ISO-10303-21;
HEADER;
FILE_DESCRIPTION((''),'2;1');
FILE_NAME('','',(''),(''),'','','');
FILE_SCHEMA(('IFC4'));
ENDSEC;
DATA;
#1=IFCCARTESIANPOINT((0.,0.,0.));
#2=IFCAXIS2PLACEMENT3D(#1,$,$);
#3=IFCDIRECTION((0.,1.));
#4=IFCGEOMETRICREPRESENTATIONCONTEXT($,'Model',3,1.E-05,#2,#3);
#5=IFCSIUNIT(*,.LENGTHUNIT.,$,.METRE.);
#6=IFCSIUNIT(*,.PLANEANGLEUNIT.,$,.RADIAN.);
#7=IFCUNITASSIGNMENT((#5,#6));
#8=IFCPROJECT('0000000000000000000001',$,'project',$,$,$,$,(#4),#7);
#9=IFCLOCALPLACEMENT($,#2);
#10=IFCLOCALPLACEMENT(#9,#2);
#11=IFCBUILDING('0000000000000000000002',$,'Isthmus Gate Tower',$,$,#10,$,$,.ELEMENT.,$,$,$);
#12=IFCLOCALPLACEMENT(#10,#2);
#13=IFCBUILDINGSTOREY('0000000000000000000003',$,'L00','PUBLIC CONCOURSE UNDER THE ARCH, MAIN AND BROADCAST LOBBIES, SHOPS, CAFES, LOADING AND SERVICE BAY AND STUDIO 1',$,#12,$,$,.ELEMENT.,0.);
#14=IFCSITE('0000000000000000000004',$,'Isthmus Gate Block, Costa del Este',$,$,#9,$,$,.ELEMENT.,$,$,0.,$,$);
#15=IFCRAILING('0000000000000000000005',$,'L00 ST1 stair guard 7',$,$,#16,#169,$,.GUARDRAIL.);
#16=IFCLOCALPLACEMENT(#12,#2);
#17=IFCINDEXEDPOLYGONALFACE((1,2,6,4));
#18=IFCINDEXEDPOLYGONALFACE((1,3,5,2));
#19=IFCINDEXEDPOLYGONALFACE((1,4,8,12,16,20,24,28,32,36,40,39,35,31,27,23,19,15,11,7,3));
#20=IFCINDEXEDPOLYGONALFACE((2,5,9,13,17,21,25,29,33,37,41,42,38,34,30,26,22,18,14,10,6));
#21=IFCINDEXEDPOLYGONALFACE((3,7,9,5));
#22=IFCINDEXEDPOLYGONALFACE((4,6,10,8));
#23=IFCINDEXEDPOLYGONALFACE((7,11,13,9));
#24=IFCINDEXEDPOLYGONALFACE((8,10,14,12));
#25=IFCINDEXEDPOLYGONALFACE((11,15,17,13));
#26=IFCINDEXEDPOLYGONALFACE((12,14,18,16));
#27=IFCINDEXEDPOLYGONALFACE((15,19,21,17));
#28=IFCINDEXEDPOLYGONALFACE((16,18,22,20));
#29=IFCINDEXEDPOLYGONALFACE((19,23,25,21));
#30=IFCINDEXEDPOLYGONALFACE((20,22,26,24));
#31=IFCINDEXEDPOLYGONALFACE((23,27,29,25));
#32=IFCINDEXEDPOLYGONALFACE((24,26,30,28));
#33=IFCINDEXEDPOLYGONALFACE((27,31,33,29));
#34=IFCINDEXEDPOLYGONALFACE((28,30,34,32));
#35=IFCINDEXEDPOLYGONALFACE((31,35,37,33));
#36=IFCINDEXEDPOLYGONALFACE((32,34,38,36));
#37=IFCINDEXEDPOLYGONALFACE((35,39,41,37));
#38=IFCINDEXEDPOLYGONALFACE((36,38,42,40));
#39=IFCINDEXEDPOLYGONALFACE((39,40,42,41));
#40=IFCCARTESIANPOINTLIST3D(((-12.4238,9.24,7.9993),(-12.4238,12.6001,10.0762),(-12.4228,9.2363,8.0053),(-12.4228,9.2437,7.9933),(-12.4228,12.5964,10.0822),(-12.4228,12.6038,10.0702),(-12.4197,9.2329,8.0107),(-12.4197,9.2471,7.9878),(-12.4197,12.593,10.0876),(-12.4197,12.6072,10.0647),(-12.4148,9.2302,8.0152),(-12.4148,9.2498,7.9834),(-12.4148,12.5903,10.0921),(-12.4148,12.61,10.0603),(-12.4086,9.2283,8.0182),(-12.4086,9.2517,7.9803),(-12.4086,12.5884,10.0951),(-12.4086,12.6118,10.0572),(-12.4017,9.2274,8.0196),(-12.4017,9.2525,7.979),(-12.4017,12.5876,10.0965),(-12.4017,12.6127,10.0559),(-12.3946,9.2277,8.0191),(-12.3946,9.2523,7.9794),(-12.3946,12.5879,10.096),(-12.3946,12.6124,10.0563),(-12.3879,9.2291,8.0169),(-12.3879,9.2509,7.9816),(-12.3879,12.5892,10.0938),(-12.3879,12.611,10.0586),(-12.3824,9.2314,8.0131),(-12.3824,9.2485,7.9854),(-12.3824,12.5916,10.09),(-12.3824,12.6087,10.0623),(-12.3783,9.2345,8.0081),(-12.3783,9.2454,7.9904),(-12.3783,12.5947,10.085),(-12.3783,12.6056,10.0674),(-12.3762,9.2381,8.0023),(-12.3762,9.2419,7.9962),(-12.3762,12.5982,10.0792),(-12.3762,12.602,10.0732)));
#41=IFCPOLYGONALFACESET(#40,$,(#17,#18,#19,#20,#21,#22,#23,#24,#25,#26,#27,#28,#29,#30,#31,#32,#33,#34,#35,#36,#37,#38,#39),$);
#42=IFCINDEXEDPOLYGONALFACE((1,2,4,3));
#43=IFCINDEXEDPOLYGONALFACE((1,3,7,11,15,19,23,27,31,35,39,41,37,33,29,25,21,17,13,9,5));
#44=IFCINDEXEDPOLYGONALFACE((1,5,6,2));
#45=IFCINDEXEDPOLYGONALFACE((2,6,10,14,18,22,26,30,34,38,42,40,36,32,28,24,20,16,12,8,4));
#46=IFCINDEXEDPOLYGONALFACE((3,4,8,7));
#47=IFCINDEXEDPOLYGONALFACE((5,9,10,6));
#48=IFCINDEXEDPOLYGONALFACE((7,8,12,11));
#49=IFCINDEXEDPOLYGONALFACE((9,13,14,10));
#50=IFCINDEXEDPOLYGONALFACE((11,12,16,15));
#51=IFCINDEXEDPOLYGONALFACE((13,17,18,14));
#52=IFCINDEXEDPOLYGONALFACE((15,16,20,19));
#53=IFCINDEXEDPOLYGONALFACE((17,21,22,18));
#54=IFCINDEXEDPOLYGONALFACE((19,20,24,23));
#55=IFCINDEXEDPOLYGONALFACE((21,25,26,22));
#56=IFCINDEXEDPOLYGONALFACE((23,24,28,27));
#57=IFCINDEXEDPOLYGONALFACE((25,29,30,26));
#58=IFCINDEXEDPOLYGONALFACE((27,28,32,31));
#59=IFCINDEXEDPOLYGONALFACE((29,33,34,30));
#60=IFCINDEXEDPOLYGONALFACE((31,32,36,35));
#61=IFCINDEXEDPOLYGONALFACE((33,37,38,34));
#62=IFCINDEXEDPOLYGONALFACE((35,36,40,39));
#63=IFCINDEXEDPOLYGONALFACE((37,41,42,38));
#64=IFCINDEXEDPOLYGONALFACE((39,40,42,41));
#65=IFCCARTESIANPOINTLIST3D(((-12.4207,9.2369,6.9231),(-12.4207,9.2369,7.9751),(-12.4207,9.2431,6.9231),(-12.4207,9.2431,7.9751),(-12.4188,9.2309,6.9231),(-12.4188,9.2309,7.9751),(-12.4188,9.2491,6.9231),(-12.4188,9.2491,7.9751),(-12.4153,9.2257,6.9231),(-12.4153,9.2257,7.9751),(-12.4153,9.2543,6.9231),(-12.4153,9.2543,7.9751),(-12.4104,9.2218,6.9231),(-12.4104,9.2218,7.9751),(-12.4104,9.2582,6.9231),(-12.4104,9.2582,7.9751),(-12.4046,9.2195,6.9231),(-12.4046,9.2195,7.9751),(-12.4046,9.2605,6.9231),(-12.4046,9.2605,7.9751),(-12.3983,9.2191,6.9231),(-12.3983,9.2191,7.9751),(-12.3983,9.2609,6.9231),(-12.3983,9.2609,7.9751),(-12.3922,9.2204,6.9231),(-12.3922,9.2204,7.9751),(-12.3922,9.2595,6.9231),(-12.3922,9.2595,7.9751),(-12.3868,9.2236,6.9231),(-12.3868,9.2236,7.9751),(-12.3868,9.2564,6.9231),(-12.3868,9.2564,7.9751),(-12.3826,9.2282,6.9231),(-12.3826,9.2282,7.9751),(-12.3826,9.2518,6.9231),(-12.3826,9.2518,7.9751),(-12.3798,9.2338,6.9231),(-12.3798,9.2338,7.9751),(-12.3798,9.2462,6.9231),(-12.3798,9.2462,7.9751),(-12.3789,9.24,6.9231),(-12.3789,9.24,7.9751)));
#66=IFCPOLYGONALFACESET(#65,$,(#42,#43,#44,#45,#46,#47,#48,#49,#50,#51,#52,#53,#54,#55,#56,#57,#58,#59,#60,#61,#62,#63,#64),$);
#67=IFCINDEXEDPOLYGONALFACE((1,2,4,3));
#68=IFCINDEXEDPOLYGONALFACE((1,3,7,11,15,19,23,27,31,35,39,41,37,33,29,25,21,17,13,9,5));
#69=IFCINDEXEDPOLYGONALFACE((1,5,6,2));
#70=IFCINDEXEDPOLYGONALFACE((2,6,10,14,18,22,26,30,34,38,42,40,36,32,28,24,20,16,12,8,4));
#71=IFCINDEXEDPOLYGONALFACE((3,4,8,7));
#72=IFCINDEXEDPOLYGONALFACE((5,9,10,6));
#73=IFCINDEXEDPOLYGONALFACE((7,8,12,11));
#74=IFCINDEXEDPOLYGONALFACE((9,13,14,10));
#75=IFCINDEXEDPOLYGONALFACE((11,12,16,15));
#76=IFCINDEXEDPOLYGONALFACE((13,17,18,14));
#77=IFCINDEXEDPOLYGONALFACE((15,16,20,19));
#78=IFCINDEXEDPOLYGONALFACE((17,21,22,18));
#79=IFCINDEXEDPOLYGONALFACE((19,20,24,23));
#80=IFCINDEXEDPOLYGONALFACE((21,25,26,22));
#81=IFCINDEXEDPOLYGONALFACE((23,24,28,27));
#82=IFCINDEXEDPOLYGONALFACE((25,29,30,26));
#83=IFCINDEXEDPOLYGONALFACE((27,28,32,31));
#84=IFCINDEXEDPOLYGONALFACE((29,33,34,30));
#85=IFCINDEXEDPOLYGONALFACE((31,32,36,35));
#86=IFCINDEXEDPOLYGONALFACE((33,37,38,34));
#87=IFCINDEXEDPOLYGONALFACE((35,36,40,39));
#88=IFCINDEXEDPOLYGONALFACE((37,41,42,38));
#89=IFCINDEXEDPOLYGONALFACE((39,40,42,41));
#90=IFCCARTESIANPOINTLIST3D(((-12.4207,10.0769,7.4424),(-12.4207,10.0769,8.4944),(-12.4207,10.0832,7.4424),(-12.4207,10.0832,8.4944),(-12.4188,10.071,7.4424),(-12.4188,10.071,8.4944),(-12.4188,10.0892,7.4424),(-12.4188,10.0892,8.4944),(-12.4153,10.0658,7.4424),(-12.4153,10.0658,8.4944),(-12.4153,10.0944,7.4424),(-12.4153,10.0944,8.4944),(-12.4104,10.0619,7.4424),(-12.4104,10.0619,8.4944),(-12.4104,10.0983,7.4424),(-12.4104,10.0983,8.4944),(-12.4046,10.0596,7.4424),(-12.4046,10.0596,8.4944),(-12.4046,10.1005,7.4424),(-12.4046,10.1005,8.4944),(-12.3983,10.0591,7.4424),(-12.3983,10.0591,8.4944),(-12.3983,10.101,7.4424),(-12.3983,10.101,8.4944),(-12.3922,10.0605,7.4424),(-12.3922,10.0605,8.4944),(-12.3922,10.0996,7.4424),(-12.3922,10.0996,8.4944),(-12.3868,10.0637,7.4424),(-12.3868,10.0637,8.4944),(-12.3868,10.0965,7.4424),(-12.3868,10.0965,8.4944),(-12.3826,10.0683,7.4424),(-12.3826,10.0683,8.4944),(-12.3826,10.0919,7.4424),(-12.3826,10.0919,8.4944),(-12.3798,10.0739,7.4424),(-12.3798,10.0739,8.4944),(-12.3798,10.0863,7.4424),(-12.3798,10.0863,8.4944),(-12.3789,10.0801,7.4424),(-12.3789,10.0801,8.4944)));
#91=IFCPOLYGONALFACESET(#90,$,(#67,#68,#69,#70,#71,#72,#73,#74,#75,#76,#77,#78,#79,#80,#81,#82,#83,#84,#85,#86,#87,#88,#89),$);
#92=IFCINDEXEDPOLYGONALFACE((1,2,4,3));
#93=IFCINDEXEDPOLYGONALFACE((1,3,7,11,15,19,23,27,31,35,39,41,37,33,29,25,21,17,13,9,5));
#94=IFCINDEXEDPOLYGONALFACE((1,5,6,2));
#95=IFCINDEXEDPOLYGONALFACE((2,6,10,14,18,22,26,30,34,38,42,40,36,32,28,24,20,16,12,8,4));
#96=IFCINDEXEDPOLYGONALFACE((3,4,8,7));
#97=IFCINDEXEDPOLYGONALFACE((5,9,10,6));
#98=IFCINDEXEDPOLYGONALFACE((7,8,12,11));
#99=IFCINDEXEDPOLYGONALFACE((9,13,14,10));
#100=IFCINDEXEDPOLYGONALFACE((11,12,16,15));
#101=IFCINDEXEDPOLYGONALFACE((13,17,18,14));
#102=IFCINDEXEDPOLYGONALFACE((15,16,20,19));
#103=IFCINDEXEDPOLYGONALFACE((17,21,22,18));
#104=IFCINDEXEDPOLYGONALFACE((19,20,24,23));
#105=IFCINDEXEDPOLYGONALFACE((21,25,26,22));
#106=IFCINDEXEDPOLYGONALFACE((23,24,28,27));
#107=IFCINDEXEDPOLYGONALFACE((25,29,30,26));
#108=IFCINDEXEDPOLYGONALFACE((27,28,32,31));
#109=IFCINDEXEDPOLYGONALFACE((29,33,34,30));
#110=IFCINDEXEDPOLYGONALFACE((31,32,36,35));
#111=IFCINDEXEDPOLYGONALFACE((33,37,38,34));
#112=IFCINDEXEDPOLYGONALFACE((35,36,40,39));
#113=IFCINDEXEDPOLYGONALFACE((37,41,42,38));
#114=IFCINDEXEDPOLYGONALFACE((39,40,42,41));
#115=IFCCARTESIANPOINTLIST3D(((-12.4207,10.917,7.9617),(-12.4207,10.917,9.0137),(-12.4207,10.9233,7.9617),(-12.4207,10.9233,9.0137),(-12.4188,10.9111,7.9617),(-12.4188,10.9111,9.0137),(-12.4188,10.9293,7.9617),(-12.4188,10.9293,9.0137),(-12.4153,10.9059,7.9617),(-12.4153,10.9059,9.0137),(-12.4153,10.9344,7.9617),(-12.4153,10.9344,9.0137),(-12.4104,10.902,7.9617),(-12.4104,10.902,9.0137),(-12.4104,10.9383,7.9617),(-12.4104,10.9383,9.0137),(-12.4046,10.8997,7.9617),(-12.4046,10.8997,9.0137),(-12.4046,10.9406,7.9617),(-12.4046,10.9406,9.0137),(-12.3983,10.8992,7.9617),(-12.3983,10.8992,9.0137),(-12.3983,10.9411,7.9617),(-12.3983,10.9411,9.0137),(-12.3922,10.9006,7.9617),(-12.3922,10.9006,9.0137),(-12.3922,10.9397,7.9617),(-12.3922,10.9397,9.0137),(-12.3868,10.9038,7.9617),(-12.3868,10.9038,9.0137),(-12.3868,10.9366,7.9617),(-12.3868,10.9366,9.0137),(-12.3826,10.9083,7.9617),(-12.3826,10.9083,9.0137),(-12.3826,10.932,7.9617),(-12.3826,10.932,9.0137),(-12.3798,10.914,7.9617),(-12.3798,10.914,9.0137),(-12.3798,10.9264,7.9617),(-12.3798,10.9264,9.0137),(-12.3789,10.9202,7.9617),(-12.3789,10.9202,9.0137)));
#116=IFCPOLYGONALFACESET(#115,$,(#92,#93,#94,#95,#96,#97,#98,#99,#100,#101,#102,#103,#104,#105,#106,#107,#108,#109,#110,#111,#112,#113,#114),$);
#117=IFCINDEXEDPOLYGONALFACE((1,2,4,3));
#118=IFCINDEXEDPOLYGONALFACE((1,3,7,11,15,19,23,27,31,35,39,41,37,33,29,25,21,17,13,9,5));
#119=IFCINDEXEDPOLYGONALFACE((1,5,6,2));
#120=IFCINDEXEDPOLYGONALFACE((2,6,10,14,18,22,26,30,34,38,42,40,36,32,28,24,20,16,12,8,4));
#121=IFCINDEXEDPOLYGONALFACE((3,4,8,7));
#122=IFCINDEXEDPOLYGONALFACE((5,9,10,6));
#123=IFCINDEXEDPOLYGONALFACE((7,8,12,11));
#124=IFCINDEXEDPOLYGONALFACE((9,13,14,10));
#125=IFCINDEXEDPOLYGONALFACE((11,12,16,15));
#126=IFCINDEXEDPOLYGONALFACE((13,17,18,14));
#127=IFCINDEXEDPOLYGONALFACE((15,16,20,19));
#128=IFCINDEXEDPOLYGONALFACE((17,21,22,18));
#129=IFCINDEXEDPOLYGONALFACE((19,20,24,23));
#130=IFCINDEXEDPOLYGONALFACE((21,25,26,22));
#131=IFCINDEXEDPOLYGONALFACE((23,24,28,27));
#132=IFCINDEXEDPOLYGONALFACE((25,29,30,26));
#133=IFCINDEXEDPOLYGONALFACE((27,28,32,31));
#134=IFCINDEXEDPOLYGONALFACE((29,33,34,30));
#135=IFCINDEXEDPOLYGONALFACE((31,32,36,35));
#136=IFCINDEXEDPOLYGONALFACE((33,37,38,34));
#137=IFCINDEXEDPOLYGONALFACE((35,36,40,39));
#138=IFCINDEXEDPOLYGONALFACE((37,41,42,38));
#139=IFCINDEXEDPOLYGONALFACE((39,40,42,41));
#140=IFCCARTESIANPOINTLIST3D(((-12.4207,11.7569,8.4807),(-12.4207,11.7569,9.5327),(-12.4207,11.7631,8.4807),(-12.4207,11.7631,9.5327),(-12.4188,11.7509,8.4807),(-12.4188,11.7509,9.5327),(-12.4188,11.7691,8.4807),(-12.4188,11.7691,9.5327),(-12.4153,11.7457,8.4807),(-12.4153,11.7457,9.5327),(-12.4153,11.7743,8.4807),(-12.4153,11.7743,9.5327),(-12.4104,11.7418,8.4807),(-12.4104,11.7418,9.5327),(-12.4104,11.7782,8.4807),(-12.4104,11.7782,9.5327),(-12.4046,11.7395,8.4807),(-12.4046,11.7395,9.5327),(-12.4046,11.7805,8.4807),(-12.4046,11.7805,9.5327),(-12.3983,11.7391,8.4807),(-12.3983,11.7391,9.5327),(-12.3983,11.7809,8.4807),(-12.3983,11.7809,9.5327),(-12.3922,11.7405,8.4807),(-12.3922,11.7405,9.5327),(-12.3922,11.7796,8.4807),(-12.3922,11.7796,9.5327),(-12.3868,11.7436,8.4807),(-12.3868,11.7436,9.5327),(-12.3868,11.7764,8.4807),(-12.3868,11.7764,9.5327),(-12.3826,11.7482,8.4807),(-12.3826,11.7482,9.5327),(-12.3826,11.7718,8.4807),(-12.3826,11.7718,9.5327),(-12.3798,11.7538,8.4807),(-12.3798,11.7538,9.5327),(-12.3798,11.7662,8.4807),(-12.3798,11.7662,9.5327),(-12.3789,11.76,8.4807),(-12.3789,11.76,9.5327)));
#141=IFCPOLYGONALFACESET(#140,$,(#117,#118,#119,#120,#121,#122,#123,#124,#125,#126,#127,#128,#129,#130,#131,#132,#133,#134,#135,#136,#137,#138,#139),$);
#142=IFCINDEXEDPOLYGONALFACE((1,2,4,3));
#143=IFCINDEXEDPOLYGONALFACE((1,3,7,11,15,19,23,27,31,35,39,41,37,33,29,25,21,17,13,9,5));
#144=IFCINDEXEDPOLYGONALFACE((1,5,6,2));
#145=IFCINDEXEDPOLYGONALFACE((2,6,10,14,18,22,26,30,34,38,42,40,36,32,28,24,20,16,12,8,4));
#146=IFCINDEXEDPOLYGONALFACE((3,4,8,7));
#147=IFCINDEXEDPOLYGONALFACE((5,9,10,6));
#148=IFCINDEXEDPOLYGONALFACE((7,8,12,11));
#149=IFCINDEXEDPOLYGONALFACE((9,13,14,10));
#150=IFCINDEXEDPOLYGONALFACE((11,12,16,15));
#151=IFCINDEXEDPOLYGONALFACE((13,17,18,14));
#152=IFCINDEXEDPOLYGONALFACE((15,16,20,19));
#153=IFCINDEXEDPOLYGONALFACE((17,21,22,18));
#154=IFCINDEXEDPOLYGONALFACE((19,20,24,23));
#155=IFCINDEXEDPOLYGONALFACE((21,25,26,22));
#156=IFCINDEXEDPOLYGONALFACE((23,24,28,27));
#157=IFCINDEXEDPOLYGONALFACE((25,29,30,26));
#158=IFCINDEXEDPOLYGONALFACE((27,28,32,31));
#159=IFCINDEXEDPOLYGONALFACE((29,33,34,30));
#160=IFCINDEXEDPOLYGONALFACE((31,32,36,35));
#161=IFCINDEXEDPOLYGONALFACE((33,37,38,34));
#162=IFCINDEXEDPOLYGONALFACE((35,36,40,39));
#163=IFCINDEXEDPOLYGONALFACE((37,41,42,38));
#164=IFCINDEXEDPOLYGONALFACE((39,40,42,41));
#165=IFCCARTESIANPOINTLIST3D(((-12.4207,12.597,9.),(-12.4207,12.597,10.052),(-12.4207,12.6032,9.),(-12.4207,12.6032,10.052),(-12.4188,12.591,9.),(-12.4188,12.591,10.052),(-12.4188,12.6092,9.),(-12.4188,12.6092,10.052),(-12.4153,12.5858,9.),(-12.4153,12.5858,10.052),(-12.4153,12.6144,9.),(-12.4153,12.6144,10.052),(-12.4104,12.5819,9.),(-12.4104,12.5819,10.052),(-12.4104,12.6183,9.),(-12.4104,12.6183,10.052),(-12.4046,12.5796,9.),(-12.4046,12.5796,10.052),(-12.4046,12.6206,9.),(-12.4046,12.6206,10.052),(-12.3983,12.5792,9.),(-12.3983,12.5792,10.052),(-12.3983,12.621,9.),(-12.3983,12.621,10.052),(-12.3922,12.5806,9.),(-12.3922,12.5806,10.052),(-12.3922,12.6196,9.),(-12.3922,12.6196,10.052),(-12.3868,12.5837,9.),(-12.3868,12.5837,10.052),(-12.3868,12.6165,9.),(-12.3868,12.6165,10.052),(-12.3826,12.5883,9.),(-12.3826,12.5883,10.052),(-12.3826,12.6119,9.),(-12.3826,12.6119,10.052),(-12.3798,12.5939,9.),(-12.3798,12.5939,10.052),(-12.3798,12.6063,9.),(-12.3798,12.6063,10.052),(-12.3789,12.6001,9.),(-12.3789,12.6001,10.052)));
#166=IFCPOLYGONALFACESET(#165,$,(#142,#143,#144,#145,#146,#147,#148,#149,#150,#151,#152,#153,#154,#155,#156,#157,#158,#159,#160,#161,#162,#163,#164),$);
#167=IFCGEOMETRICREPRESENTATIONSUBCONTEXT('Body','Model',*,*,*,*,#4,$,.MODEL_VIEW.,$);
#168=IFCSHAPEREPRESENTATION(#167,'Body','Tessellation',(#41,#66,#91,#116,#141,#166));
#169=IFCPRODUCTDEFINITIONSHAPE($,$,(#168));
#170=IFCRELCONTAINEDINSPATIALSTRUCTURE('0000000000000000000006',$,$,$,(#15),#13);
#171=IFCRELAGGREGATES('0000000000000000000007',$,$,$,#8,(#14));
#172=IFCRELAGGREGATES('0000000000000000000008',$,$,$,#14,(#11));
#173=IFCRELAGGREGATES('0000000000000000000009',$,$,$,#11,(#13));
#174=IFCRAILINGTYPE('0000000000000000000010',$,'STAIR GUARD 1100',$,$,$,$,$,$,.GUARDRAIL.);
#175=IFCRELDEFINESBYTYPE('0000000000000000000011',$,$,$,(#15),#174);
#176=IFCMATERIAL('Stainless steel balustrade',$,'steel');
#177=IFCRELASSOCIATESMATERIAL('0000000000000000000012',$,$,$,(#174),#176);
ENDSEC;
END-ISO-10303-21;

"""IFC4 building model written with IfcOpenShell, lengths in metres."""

from ifc_helpers import new_model, si_unit, direction, frame, origin, origin_2d, place, context, subcontext, project, spatial, circle, extrude, material, type_object, element, save


model = new_model("IFC4")

# Units and contexts
model_context = context("Model", 3, precision=1e-05, world=origin(), true_north=direction((0.0, 1.0)))
body_context = subcontext(model_context, "Body", "Model", "MODEL_VIEW")
ifc_project = project(units=[si_unit("LENGTHUNIT", "METRE"), si_unit("PLANEANGLEUNIT", "RADIAN")], contexts=[model_context])

# Site, building, storey
site_placement = place(None, origin())
site = spatial("IfcSite", under=ifc_project, at=site_placement, Name="Isthmus Gate Block, Costa del Este", CompositionType="ELEMENT", RefElevation=0.0)
building_placement = place(site_placement, origin())
building = spatial("IfcBuilding", under=site, at=building_placement, Name="Isthmus Gate Tower", CompositionType="ELEMENT")
storey_placement = place(building_placement, origin())
storey = spatial("IfcBuildingStorey", under=building, at=storey_placement, Name="L00", Description="PUBLIC CONCOURSE UNDER THE ARCH, MAIN AND BROADCAST LOBBIES, SHOPS, CAFES, LOADING AND SERVICE BAY AND STUDIO 1", CompositionType="ELEMENT", Elevation=0.0)

# Railing
ifc_material_1 = material(Name="Stainless steel balustrade", Category="steel")
railing_type_1 = type_object("IfcRailingType", Name="STAIR GUARD 1100", PredefinedType="GUARDRAIL", material=ifc_material_1)
railing_1_placement = place(storey_placement, frame((-12.3999, 9.24, 6.9231)))
element("IfcRailing", 1, at=railing_1_placement, inside=storey, type_object=railing_type_1, Name="L00 ST1 stair guard 7", PredefinedType="GUARDRAIL", context=body_context, shape_type="SweptSolid", body=[
    extrude(circle(Radius=0.0239, at=origin_2d()), frame((0.0, 0.0, 1.0762), z_axis=(0.0, 0.850623, 0.525776), x_axis=(-1.0, 0.0, 0.0)), (0.0, 0.0, 1.0), 3.9502),
    extrude(circle(Radius=0.021, at=origin_2d()), origin(), (0.0, 0.0, 1.0), 1.052),
    extrude(circle(Radius=0.021, at=origin_2d()), frame((0.0, 0.8401, 0.5193)), (0.0, 0.0, 1.0), 1.052),
    extrude(circle(Radius=0.021, at=origin_2d()), frame((0.0, 1.6802, 1.0386)), (0.0, 0.0, 1.0), 1.052),
    extrude(circle(Radius=0.021, at=origin_2d()), frame((0.0, 2.52, 1.5576)), (0.0, 0.0, 1.0), 1.052),
    extrude(circle(Radius=0.021, at=origin_2d()), frame((0.0, 3.3601, 2.0769)), (0.0, 0.0, 1.0), 1.052),
])

save(model, "model.ifc")
